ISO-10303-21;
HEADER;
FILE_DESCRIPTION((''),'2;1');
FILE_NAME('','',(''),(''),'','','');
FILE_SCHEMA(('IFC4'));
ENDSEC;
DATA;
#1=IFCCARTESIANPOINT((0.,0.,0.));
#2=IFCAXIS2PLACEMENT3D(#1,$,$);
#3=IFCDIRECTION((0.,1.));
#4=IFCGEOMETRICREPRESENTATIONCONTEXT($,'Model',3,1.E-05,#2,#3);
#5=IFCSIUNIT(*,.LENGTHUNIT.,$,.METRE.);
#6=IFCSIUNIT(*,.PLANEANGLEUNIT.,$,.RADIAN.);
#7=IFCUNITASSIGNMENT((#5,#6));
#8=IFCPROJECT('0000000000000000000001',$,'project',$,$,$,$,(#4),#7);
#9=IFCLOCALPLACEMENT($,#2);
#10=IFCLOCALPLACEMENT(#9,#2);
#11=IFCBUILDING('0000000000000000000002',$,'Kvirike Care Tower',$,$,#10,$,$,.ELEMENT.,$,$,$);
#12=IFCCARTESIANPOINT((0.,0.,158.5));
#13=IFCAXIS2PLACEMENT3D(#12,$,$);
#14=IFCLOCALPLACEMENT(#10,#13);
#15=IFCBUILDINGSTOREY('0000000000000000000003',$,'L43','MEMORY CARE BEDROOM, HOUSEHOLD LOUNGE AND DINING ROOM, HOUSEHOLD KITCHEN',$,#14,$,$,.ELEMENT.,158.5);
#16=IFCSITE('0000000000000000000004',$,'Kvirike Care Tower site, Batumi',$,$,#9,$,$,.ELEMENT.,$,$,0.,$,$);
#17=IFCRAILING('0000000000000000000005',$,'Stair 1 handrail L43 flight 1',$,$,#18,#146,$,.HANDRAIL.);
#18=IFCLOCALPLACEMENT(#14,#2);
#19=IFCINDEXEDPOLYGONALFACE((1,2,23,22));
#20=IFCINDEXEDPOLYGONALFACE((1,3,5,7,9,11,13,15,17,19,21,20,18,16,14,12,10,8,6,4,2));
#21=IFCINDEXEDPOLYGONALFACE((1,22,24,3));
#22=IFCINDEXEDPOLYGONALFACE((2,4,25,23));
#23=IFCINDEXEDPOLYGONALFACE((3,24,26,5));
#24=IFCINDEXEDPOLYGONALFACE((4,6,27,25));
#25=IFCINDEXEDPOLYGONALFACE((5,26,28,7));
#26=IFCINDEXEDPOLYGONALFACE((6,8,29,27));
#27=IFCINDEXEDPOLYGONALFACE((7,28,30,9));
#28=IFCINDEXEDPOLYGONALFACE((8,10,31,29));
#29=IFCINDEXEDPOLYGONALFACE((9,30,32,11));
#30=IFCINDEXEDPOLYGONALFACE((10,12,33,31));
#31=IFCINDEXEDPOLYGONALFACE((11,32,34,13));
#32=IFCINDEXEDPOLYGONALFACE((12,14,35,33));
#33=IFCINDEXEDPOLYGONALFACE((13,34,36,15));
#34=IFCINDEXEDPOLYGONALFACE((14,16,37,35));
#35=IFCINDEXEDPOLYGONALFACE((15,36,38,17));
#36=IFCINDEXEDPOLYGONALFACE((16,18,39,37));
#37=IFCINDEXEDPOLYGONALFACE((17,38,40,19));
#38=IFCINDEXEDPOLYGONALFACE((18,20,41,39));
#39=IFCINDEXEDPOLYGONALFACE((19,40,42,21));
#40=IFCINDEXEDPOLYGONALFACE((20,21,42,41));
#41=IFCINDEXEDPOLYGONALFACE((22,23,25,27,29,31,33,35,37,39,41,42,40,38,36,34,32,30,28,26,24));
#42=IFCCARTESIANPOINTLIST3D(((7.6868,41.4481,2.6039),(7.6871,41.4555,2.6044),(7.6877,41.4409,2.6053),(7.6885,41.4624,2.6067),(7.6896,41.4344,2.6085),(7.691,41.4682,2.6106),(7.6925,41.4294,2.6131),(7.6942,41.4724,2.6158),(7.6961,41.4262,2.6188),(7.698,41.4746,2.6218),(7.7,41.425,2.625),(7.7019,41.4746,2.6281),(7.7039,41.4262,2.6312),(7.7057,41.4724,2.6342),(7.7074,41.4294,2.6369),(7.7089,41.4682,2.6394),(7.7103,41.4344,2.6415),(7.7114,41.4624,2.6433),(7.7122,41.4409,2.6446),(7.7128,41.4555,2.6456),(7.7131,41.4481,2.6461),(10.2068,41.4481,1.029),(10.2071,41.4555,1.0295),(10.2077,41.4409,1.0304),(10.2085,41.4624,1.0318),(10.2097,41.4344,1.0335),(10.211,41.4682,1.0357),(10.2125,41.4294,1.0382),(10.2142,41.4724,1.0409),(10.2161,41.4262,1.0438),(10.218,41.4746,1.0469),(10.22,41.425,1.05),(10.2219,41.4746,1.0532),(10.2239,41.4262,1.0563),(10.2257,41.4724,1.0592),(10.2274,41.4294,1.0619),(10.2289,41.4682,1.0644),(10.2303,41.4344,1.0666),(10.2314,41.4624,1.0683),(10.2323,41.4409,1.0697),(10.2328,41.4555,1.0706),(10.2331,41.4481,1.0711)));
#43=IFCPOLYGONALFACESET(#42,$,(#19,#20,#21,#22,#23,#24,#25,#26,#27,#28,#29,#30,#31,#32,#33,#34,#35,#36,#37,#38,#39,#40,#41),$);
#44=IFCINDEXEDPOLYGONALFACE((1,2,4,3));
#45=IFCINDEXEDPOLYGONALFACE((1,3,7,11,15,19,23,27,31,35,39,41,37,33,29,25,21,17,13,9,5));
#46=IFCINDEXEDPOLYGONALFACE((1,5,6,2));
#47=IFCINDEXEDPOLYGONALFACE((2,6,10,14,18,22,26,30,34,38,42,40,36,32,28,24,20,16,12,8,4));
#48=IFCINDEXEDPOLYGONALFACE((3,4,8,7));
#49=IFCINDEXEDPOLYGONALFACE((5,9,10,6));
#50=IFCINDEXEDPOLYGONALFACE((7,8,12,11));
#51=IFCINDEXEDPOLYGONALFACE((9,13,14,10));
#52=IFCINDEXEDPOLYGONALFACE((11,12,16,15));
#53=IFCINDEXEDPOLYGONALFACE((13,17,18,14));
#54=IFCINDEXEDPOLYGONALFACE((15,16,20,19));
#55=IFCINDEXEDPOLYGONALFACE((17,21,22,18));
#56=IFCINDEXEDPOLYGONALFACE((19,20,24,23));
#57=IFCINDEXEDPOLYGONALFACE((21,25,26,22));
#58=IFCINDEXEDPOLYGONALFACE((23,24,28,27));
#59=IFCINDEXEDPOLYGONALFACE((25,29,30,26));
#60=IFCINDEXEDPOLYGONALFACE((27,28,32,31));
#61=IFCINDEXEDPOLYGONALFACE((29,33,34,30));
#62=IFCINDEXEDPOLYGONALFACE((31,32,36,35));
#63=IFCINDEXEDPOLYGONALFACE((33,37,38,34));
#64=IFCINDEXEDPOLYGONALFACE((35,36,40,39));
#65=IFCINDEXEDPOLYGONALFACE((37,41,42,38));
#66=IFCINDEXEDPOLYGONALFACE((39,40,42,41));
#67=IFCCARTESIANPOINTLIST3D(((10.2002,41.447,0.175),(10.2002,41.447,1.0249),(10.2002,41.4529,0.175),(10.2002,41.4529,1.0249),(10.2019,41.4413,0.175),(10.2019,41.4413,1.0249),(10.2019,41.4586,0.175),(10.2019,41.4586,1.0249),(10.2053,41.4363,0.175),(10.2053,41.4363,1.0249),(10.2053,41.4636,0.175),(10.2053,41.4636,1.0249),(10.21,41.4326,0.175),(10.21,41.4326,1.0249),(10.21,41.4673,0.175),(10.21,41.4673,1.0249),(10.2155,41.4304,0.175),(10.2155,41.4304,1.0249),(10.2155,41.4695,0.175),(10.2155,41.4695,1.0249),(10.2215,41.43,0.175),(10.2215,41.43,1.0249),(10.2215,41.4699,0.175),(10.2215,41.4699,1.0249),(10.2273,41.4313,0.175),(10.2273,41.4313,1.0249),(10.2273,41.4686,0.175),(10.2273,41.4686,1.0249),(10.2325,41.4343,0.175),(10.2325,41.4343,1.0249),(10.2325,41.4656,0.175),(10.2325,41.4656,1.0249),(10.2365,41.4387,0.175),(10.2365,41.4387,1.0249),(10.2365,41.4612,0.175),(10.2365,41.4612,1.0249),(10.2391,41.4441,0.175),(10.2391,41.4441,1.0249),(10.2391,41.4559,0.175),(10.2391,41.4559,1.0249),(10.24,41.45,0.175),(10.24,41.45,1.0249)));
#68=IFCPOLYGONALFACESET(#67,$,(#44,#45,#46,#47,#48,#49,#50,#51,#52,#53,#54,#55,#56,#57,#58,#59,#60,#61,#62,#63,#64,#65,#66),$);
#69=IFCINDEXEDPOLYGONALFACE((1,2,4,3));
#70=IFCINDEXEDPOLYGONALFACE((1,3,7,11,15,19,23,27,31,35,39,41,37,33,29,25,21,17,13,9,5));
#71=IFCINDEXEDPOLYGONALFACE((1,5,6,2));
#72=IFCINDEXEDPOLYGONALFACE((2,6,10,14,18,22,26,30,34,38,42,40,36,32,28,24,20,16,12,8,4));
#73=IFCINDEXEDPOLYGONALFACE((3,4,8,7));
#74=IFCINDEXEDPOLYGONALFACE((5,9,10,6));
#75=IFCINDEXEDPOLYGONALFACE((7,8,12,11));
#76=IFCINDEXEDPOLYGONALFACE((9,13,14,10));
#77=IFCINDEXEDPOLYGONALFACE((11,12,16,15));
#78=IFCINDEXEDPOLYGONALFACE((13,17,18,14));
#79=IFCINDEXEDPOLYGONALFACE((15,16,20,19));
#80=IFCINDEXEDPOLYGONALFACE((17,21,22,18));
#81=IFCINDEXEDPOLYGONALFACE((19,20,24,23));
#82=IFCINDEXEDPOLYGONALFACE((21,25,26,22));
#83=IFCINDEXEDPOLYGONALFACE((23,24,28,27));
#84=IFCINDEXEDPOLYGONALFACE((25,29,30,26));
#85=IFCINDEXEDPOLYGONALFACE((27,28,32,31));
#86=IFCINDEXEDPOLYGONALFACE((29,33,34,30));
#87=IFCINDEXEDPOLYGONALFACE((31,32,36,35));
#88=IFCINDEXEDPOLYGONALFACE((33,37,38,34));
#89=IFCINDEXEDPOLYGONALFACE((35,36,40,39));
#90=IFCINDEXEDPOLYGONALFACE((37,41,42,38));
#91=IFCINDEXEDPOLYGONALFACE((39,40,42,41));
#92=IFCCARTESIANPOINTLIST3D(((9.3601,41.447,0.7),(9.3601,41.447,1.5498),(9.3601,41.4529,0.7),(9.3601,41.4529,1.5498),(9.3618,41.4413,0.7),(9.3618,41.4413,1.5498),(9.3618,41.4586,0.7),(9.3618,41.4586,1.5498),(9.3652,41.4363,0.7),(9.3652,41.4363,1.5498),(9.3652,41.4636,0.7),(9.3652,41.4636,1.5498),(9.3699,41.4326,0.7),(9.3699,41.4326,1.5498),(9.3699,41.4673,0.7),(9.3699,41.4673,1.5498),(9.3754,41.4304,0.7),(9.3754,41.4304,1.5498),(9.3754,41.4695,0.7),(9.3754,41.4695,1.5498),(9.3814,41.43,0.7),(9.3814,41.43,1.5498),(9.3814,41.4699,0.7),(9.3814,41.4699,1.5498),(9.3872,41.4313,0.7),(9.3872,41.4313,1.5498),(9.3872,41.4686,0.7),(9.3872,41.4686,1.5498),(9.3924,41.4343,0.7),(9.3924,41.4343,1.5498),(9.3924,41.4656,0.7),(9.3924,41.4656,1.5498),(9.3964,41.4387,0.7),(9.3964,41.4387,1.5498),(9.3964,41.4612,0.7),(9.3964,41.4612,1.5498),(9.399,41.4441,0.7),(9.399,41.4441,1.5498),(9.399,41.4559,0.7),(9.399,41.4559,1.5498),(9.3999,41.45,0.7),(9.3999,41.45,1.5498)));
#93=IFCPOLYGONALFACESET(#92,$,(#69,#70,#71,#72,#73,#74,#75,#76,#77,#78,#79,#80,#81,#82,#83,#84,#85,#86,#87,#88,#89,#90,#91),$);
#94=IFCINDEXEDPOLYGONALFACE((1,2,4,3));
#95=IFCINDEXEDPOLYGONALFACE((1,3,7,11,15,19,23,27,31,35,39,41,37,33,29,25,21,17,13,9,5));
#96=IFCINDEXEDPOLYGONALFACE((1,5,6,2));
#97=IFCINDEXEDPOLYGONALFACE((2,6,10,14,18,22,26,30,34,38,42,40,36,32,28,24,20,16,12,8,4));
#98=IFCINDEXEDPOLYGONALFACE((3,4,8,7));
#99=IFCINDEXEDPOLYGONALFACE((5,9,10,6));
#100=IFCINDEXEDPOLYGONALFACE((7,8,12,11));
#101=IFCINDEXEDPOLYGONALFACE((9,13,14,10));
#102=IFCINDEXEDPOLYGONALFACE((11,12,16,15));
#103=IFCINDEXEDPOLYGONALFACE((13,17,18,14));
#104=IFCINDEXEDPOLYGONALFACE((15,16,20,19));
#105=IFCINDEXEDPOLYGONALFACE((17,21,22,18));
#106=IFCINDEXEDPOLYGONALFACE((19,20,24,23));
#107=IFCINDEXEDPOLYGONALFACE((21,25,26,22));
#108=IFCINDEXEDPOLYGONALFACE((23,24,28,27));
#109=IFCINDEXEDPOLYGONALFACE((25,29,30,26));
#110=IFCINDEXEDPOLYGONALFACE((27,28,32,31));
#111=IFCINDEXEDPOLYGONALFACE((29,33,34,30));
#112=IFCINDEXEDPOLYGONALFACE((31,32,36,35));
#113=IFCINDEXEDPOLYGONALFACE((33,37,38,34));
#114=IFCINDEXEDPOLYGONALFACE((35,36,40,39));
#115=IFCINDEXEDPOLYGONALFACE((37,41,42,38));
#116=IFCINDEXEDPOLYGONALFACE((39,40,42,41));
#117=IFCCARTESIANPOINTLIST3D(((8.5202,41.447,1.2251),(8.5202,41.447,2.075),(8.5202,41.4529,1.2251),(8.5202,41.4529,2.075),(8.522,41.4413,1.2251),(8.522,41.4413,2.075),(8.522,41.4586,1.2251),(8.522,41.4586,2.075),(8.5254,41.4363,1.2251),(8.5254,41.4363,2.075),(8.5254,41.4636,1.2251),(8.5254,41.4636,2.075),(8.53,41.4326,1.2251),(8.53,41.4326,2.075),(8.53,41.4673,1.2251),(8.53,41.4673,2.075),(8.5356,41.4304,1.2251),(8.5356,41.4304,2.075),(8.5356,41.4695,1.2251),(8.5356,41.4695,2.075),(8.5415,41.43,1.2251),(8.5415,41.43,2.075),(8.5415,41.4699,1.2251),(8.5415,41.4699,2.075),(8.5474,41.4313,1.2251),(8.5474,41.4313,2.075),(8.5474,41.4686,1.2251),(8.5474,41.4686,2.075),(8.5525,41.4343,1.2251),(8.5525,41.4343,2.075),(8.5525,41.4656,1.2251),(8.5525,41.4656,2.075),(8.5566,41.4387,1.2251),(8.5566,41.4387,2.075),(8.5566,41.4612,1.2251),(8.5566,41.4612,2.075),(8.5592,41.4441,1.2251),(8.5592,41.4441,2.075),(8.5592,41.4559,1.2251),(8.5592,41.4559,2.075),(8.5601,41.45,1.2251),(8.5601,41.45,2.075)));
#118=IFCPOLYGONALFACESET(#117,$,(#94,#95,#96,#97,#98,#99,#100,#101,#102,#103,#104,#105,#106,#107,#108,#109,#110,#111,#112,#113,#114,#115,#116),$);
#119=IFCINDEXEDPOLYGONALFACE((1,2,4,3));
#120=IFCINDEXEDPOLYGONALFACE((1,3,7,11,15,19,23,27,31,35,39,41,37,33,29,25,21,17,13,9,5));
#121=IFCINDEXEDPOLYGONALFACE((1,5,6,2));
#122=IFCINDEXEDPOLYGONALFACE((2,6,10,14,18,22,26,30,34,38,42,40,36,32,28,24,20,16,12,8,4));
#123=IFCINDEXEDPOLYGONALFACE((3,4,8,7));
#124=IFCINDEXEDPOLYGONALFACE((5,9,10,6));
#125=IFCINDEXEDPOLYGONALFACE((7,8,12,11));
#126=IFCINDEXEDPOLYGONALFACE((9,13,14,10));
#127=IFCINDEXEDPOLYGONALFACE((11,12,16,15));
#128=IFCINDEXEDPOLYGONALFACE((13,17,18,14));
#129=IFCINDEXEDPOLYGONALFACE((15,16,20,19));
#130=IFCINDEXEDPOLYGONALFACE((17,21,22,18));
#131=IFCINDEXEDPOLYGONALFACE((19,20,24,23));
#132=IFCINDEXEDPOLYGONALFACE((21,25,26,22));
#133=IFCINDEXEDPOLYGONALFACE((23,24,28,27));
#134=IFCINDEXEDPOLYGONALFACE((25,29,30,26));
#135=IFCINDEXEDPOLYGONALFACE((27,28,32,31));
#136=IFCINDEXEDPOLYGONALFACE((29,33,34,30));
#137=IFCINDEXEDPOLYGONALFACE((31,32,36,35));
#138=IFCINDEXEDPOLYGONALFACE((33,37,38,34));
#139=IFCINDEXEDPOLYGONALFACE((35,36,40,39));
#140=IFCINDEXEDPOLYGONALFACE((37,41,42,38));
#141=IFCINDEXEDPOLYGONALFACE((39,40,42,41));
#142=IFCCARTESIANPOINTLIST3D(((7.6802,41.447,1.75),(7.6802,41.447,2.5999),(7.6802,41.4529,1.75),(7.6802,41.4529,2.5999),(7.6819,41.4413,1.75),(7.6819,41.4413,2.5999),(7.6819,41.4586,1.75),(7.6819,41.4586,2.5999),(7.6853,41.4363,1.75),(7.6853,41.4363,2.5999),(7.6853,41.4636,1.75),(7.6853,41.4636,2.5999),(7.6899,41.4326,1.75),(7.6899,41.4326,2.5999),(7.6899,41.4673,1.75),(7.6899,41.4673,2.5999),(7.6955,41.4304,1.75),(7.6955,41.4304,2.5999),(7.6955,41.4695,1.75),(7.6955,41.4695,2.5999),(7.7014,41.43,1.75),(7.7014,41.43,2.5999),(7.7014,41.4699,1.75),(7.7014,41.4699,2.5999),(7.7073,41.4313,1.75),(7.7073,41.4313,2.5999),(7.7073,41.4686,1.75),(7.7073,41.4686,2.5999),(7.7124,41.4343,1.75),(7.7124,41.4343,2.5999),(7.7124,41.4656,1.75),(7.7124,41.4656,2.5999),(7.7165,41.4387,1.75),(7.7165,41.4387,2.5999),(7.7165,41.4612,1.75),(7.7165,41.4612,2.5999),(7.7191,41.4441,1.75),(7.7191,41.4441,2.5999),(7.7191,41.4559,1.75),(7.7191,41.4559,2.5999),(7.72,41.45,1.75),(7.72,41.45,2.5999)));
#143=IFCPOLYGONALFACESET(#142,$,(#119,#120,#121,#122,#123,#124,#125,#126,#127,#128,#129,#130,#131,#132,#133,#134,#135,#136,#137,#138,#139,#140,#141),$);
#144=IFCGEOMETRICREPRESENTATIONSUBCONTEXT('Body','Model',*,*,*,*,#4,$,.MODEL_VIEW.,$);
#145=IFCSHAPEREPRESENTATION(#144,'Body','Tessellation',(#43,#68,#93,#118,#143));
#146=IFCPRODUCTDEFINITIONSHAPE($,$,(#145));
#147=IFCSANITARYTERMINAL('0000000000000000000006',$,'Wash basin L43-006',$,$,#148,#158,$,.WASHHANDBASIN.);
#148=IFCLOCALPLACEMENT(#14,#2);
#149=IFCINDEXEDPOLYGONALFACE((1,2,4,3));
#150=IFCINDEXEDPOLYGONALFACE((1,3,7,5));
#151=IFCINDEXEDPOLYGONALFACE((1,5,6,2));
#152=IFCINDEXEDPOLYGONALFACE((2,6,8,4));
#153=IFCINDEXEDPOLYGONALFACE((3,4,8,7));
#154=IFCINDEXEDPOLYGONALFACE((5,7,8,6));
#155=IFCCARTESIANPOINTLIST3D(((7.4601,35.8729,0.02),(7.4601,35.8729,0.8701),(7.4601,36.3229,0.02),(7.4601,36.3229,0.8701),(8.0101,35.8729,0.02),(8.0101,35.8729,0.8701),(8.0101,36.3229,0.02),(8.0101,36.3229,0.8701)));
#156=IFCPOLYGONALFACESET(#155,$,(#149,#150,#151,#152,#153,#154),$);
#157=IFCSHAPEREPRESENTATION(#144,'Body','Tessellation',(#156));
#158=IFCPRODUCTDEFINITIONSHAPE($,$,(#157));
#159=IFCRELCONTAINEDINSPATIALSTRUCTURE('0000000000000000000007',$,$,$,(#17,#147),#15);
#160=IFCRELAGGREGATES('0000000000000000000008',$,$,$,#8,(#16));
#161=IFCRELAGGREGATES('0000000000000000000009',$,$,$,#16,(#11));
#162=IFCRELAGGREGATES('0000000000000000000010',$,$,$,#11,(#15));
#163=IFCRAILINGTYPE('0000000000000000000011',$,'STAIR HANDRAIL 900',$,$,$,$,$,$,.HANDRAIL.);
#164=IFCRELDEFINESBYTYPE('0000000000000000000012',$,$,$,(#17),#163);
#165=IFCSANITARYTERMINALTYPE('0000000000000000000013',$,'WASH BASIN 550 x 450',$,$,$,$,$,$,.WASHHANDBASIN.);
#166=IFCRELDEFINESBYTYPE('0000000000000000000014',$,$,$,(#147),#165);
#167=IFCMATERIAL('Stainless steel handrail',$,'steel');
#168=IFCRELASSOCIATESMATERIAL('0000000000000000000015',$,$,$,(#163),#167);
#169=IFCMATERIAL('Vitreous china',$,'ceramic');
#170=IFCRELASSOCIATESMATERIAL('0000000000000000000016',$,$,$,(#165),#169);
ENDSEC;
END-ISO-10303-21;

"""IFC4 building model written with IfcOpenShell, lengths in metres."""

from ifc_helpers import new_model, si_unit, direction, frame, origin, origin_2d, place, context, subcontext, project, spatial, rectangle, circle, extrude, material, type_object, element, save


model = new_model("IFC4")

# Units and contexts
model_context = context("Model", 3, precision=1e-05, world=origin(), true_north=direction((0.0, 1.0)))
body_context = subcontext(model_context, "Body", "Model", "MODEL_VIEW")
ifc_project = project(units=[si_unit("LENGTHUNIT", "METRE"), si_unit("PLANEANGLEUNIT", "RADIAN")], contexts=[model_context])

# Site, building, storey
site_placement = place(None, origin())
site = spatial("IfcSite", under=ifc_project, at=site_placement, Name="Kvirike Care Tower site, Batumi", CompositionType="ELEMENT", RefElevation=0.0)
building_placement = place(site_placement, origin())
building = spatial("IfcBuilding", under=site, at=building_placement, Name="Kvirike Care Tower", CompositionType="ELEMENT")
storey_placement = place(building_placement, frame((0.0, 0.0, 158.5)))
storey = spatial("IfcBuildingStorey", under=building, at=storey_placement, Name="L43", Description="MEMORY CARE BEDROOM, HOUSEHOLD LOUNGE AND DINING ROOM, HOUSEHOLD KITCHEN", CompositionType="ELEMENT", Elevation=158.5)

# Railing
ifc_material_1 = material(Name="Stainless steel handrail", Category="steel")
railing_type = type_object("IfcRailingType", Name="STAIR HANDRAIL 900", PredefinedType="HANDRAIL", material=ifc_material_1)
railing_placement = place(storey_placement, frame((10.22, 41.45, 0.175)))
element("IfcRailing", 1, at=railing_placement, inside=storey, type_object=railing_type, Name="Stair 1 handrail L43 flight 1", PredefinedType="HANDRAIL", context=body_context, shape_type="SweptSolid", body=[
    extrude(circle(Radius=0.0249, at=origin_2d()), frame((0.0, 0.0, 0.875), z_axis=(-0.848008, 0.0, 0.529984), x_axis=(0.0, -1.0, 0.0)), (0.0, 0.0, 1.0), 2.9717),
    extrude(circle(Radius=0.02, at=origin_2d()), origin(), (0.0, 0.0, 1.0), 0.8499),
    extrude(circle(Radius=0.02, at=origin_2d()), frame((-0.8401, 0.0, 0.5249)), (0.0, 0.0, 1.0), 0.8499),
    extrude(circle(Radius=0.02, at=origin_2d()), frame((-1.6799, 0.0, 1.05)), (0.0, 0.0, 1.0), 0.8499),
    extrude(circle(Radius=0.02, at=origin_2d()), frame((-2.52, 0.0, 1.575)), (0.0, 0.0, 1.0), 0.8499),
])

# Sanitary terminal
ifc_material_2 = material(Name="Vitreous china", Category="ceramic")
sanitary_terminal_type = type_object("IfcSanitaryTerminalType", Name="WASH BASIN 550 x 450", PredefinedType="WASHHANDBASIN", material=ifc_material_2)
sanitary_terminal_placement = place(storey_placement, frame((7.7351, 36.0979, 0.02), z_axis=(0.0, 0.0, 1.0), x_axis=(1.0, 0.0, 0.0)))
element("IfcSanitaryTerminal", 2, at=sanitary_terminal_placement, inside=storey, type_object=sanitary_terminal_type, Name="Wash basin L43-006", PredefinedType="WASHHANDBASIN", context=body_context, shape_type="SweptSolid", body=[
    extrude(rectangle(XDim=0.55, YDim=0.45, at=origin_2d()), origin(), (0.0, 0.0, 1.0), 0.8501),
])

save(model, "model.ifc")
